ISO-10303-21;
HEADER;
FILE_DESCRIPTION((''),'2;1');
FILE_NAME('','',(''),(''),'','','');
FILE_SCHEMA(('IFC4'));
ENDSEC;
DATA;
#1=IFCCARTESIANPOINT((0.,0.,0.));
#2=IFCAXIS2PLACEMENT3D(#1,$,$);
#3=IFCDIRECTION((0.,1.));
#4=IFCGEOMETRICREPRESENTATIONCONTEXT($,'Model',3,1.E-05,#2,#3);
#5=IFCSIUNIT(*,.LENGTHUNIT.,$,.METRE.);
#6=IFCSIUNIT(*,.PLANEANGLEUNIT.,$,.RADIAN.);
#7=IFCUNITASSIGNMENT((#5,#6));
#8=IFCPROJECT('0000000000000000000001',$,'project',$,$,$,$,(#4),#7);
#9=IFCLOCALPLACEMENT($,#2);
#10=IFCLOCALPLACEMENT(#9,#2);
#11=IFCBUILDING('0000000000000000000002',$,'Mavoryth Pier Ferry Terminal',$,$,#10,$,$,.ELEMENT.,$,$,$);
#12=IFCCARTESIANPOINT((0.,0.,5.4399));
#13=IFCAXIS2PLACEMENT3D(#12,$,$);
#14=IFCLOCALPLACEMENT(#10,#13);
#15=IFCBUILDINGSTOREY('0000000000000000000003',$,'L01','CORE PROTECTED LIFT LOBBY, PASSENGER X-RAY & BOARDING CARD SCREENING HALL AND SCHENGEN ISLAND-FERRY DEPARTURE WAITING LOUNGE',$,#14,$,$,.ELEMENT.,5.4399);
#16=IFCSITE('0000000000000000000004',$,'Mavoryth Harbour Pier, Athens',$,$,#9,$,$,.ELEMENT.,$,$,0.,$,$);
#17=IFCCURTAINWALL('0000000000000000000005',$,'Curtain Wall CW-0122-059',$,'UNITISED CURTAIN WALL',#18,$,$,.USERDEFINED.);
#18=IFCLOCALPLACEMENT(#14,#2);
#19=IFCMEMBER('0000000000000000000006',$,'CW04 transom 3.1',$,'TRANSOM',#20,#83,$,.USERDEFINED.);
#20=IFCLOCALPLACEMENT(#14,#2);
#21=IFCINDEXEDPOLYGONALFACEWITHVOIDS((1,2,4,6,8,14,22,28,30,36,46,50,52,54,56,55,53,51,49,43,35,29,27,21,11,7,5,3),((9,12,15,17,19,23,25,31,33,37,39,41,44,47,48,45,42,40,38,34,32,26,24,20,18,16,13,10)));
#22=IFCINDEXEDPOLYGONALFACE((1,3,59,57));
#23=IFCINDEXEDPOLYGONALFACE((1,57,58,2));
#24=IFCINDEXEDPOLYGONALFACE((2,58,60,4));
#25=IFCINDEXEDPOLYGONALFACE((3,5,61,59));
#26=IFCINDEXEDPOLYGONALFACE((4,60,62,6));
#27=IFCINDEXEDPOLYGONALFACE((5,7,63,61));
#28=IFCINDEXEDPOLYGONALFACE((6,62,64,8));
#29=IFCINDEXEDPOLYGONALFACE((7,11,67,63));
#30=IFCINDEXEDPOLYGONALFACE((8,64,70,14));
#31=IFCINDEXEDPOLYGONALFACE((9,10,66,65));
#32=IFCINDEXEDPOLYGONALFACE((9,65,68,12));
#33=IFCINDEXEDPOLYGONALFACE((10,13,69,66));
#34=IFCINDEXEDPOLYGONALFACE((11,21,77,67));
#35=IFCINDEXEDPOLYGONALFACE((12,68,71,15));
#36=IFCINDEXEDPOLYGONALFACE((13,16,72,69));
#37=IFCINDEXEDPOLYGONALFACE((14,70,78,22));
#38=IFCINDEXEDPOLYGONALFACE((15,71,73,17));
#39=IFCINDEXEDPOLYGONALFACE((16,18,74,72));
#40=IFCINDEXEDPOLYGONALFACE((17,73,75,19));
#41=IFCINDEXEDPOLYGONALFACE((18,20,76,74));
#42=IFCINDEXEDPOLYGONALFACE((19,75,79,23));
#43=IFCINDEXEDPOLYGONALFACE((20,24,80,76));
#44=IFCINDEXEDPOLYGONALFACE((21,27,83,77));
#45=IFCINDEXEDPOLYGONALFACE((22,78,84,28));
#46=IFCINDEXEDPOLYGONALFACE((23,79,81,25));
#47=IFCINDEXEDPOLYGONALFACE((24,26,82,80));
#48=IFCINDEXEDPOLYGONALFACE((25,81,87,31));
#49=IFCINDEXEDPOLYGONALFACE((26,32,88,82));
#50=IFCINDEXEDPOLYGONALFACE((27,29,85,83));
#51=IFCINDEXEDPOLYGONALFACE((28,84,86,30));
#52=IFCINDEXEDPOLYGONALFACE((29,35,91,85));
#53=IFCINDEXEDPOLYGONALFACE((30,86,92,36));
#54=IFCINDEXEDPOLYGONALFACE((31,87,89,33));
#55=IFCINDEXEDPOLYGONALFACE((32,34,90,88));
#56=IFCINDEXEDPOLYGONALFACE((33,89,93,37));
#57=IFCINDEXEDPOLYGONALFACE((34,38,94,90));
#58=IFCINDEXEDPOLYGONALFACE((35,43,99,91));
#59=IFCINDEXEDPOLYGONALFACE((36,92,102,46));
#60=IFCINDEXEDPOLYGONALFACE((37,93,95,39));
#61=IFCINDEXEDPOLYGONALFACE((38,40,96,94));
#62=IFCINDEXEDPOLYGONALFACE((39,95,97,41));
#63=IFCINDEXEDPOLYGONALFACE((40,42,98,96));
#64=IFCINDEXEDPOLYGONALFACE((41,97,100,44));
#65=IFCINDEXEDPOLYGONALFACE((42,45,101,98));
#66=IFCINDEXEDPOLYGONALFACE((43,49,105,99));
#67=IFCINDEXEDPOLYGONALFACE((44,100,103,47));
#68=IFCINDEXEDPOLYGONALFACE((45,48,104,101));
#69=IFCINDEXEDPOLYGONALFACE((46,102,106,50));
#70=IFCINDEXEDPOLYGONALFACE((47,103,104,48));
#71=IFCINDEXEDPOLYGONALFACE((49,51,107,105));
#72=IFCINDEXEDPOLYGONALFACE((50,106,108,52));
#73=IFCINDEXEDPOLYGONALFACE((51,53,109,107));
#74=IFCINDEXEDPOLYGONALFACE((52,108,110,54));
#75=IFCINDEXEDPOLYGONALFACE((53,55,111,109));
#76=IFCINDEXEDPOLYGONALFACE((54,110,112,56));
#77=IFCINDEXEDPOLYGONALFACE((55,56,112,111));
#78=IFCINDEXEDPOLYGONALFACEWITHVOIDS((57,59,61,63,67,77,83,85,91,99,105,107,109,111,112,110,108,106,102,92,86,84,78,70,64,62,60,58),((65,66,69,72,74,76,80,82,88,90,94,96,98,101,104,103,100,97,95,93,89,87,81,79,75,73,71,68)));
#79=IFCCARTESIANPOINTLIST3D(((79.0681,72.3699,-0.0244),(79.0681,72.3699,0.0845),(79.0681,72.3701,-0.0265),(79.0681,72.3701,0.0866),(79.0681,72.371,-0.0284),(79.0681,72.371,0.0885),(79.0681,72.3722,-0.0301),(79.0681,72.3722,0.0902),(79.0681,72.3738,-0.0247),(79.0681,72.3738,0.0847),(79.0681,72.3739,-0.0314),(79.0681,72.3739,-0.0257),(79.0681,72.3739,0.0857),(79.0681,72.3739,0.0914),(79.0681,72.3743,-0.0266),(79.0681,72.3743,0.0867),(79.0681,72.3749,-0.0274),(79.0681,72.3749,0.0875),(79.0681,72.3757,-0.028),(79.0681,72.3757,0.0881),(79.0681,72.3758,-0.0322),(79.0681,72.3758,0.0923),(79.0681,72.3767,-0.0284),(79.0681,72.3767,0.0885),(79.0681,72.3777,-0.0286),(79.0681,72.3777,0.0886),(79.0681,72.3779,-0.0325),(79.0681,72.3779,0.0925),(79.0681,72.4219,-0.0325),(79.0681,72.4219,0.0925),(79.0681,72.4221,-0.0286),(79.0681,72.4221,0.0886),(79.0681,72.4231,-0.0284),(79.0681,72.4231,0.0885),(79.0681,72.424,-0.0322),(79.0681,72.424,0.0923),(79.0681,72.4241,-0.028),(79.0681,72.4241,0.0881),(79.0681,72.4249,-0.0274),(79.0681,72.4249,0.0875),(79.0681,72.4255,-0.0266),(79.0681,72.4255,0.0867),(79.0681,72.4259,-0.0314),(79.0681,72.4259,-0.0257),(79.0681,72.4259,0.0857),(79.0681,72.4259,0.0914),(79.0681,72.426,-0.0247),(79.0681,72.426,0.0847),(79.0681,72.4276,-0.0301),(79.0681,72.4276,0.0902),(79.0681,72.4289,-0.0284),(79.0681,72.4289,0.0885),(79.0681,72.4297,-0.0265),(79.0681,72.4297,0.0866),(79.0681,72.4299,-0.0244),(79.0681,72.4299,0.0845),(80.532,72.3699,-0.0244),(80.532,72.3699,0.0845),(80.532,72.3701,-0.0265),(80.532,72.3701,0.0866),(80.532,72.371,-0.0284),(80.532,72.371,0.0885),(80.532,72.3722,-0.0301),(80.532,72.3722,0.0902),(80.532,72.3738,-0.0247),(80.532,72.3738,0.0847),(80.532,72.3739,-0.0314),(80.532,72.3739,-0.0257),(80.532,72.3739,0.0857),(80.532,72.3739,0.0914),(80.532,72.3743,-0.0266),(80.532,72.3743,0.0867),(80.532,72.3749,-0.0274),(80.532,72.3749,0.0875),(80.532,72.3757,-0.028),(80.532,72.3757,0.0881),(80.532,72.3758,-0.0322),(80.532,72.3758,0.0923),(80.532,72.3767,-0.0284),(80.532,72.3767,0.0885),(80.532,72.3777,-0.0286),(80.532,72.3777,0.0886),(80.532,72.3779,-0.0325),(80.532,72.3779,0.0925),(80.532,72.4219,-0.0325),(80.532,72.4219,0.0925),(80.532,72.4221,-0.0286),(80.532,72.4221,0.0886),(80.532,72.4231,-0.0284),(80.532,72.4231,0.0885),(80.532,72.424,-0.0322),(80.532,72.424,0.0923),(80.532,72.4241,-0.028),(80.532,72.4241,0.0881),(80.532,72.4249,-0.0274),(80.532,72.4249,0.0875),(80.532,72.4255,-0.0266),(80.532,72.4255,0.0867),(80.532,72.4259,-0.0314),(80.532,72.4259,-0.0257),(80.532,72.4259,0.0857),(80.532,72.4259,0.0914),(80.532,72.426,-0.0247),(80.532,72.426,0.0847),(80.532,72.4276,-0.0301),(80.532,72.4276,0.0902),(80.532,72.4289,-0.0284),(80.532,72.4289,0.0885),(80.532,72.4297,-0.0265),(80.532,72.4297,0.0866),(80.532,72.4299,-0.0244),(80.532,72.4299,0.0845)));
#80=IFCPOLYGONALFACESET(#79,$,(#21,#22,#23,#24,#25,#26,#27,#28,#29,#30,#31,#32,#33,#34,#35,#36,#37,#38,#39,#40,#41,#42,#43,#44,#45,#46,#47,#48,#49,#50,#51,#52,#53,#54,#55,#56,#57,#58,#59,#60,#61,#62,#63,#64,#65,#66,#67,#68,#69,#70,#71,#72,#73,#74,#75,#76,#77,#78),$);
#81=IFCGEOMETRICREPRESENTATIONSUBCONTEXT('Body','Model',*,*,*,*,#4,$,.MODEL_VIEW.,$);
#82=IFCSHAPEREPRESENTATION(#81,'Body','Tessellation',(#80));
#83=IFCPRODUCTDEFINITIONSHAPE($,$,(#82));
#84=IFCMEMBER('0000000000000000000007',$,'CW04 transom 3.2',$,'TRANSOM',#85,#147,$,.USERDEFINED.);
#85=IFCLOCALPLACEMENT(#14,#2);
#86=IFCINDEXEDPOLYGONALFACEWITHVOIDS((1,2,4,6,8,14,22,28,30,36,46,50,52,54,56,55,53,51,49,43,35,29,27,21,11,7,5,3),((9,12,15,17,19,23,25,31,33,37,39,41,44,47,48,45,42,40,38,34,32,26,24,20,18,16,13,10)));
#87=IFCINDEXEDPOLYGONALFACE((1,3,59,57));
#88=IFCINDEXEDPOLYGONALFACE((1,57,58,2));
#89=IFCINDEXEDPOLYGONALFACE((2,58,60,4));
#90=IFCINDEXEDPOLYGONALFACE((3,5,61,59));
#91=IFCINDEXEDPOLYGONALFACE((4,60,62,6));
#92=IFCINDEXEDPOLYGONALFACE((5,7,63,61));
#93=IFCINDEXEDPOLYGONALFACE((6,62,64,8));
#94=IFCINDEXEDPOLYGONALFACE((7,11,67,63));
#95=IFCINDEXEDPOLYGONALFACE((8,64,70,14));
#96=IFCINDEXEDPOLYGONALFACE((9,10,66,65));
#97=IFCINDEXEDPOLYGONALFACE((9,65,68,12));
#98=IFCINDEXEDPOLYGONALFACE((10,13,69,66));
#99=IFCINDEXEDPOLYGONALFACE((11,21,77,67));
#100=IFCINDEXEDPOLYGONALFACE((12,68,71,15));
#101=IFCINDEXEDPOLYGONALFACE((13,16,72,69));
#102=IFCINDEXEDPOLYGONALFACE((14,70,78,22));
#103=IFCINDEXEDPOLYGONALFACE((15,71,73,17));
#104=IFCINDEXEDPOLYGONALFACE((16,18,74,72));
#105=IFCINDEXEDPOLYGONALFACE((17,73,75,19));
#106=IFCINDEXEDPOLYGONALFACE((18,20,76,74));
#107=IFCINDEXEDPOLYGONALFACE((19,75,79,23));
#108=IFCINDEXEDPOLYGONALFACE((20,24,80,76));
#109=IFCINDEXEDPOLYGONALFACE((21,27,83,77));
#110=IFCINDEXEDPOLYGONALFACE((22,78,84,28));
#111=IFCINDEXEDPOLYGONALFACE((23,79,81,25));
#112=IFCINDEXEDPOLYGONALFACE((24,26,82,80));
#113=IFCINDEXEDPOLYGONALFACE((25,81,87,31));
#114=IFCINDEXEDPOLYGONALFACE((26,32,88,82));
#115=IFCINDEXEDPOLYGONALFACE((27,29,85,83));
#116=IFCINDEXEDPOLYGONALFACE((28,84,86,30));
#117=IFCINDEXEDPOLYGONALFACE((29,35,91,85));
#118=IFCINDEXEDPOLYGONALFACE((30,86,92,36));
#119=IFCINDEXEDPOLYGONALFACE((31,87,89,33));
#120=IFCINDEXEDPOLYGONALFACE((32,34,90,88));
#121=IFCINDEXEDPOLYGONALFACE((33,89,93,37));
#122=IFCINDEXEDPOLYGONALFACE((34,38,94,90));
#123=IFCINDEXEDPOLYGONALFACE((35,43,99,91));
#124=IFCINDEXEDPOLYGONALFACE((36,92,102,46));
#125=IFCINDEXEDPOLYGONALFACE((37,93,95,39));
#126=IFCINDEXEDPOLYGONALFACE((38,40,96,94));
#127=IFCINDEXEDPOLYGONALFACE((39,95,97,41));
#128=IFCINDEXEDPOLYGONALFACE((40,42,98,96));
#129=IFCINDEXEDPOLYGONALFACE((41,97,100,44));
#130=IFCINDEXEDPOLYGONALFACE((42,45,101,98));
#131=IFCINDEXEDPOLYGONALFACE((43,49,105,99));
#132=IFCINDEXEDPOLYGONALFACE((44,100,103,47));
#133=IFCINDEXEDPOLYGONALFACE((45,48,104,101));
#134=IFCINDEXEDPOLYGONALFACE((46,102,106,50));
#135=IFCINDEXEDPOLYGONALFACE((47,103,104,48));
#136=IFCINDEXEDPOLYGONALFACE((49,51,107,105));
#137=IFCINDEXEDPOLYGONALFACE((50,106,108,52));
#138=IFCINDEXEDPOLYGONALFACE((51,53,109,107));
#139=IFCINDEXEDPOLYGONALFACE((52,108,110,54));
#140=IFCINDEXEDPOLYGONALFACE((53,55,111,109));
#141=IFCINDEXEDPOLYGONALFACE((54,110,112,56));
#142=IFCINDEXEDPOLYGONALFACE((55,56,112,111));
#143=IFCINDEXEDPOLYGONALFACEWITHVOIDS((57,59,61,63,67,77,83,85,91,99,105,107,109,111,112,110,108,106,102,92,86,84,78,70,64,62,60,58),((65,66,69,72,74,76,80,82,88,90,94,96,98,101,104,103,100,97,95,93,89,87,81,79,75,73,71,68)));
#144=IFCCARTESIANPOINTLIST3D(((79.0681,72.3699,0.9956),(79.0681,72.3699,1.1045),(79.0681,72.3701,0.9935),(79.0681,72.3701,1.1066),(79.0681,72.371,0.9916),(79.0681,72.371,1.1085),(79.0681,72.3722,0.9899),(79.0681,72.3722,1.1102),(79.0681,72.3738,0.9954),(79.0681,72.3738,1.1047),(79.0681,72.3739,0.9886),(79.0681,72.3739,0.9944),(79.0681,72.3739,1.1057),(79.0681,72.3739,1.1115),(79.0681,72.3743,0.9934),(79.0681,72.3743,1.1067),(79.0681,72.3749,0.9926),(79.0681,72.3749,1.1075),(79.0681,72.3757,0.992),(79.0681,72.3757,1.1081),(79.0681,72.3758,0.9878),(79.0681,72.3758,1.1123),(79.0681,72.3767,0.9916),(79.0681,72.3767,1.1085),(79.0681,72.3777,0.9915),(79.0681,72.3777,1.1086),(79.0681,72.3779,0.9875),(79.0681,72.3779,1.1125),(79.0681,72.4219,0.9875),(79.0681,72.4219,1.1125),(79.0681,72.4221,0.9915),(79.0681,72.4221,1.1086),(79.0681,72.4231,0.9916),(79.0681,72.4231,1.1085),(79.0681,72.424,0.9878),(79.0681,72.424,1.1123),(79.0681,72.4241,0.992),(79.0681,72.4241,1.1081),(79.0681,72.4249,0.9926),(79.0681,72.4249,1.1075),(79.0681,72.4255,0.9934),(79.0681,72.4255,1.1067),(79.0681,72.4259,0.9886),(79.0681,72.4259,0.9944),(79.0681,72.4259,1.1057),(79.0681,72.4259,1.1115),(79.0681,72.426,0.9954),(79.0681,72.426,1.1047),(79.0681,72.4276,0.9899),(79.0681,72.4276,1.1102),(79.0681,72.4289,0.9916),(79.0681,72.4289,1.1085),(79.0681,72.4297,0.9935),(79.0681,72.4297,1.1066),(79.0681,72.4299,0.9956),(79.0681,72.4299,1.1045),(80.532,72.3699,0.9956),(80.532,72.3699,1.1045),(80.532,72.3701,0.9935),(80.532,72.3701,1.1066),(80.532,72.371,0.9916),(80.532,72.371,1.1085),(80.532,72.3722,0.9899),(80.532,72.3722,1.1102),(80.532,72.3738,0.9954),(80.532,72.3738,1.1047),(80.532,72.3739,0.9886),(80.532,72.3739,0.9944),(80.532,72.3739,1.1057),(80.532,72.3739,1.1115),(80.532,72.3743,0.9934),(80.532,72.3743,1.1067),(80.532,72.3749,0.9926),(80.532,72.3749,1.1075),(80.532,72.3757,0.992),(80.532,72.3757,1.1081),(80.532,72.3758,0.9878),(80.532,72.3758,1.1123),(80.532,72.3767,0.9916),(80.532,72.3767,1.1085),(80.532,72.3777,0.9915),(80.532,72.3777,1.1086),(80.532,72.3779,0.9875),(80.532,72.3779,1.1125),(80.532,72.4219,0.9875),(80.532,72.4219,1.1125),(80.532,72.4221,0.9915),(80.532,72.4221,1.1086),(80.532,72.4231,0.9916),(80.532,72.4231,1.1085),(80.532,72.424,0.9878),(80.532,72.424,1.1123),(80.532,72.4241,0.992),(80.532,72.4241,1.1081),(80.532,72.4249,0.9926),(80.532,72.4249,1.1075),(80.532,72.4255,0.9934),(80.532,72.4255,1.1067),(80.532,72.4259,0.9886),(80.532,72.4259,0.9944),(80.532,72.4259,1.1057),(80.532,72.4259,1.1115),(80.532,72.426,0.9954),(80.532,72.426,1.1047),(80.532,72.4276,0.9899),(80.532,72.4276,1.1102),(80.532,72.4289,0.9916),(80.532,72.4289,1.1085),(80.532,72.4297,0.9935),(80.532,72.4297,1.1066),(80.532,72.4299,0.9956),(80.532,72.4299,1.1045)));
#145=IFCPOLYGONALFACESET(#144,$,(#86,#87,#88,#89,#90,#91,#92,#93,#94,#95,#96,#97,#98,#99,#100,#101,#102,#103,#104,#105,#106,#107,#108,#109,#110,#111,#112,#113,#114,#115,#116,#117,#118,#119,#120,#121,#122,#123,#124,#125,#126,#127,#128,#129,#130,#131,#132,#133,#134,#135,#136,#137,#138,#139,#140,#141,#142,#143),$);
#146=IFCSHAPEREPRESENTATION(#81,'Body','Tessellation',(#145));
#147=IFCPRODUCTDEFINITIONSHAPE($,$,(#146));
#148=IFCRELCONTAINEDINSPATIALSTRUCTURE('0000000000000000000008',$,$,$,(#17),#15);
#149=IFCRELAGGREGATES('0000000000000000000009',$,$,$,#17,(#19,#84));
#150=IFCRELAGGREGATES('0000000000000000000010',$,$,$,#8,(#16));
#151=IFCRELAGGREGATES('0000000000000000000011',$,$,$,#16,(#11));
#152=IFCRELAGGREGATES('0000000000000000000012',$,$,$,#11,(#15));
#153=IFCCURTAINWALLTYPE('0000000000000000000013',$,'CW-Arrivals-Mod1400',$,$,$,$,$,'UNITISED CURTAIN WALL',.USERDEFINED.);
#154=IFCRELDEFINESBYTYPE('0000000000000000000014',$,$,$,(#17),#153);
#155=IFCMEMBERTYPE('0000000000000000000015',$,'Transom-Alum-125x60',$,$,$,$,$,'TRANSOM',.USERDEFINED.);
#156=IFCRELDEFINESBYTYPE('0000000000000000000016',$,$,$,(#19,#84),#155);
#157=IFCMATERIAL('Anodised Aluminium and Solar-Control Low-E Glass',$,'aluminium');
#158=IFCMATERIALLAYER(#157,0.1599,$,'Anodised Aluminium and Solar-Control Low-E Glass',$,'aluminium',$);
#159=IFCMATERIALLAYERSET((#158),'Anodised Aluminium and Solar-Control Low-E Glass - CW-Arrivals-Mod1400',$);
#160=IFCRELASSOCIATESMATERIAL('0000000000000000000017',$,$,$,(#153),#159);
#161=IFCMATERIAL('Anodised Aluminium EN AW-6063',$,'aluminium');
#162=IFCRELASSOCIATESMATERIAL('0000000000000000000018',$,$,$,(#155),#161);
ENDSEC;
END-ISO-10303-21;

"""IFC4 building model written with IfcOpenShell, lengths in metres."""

from ifc_helpers import new_model, si_unit, direction, frame, origin, origin_2d, place, context, subcontext, project, spatial, hollow_rectangle, extrude, material, layer, layer_set, material_profile, profile_set, type_object, element, aggregate, save


model = new_model("IFC4")

# Units and contexts
model_context = context("Model", 3, precision=1e-05, world=origin(), true_north=direction((0.0, 1.0)))
body_context = subcontext(model_context, "Body", "Model", "MODEL_VIEW")
ifc_project = project(units=[si_unit("LENGTHUNIT", "METRE"), si_unit("PLANEANGLEUNIT", "RADIAN")], contexts=[model_context])

# Site, building, storey
site_placement = place(None, origin())
site = spatial("IfcSite", under=ifc_project, at=site_placement, Name="Mavoryth Harbour Pier, Athens", CompositionType="ELEMENT", RefElevation=0.0)
building_placement = place(site_placement, origin())
building = spatial("IfcBuilding", under=site, at=building_placement, Name="Mavoryth Pier Ferry Terminal", CompositionType="ELEMENT")
storey_placement = place(building_placement, frame((0.0, 0.0, 5.4399)))
storey = spatial("IfcBuildingStorey", under=building, at=storey_placement, Name="L01", Description="CORE PROTECTED LIFT LOBBY, PASSENGER X-RAY & BOARDING CARD SCREENING HALL AND SCHENGEN ISLAND-FERRY DEPARTURE WAITING LOUNGE", CompositionType="ELEMENT", Elevation=5.4399)

# Shared definitions
ifc_material_1 = material(Name="Anodised Aluminium and Solar-Control Low-E Glass", Category="aluminium")
ifc_layer_1 = layer(ifc_material_1, 0.1599, Name="Anodised Aluminium and Solar-Control Low-E Glass", Category="aluminium")
ifc_layer_set_1 = layer_set([ifc_layer_1], Name="Anodised Aluminium and Solar-Control Low-E Glass - CW-Arrivals-Mod1400")
curtain_wall_type = type_object("IfcCurtainWallType", Name="CW-Arrivals-Mod1400", ElementType="UNITISED CURTAIN WALL", PredefinedType="USERDEFINED", material=ifc_layer_set_1)
ifc_material_2 = material(Name="Anodised Aluminium EN AW-6063", Category="aluminium")

# Curtain wall
curtain_wall_1_placement = place(storey_placement, origin())
curtain_wall_1 = element("IfcCurtainWall", 1, at=curtain_wall_1_placement, inside=storey, type_object=curtain_wall_type, Name="Curtain Wall CW-0122-059", ObjectType="UNITISED CURTAIN WALL", PredefinedType="USERDEFINED")

# Members
ifc_material_profile_1 = material_profile(ifc_material_2, hollow_rectangle(XDim=0.0601, YDim=0.125, WallThickness=0.0039, InnerFilletRadius=0.0039, OuterFilletRadius=0.0081, at=origin_2d()), Name="AL-TRAN 125x60x4", Category="aluminium")
ifc_profile_set_1 = profile_set([ifc_material_profile_1], Name="Anodised Aluminium EN AW-6063 - AL-TRAN 125x60x4")
member_type_1 = type_object("IfcMemberType", Name="Transom-Alum-125x60", ElementType="TRANSOM", PredefinedType="USERDEFINED", material=ifc_profile_set_1)
member_1_placement = place(storey_placement, frame((79.0681, 72.3999, 0.03), z_axis=(1.0, 0.0, 0.0), x_axis=(0.0, 1.0, 0.0)))
member_1 = element("IfcMember", 2, at=member_1_placement, type_object=member_type_1, Name="CW04 transom 3.1", ObjectType="TRANSOM", PredefinedType="USERDEFINED", context=body_context, shape_type="SweptSolid", body=[
    extrude(hollow_rectangle(XDim=0.0601, YDim=0.125, WallThickness=0.0039, InnerFilletRadius=0.0039, OuterFilletRadius=0.0081, at=origin_2d()), origin(), (0.0, 0.0, 1.0), 1.4639),
])
member_2_placement = place(storey_placement, frame((79.0681, 72.3999, 1.05), z_axis=(1.0, 0.0, 0.0), x_axis=(0.0, 1.0, 0.0)))
member_2 = element("IfcMember", 3, at=member_2_placement, type_object=member_type_1, Name="CW04 transom 3.2", ObjectType="TRANSOM", PredefinedType="USERDEFINED", context=body_context, shape_type="SweptSolid", body=[
    extrude(hollow_rectangle(XDim=0.0601, YDim=0.125, WallThickness=0.0039, InnerFilletRadius=0.0039, OuterFilletRadius=0.0081, at=origin_2d()), origin(), (0.0, 0.0, 1.0), 1.4639),
])

aggregate(curtain_wall_1, [member_1, member_2])

save(model, "model.ifc")
